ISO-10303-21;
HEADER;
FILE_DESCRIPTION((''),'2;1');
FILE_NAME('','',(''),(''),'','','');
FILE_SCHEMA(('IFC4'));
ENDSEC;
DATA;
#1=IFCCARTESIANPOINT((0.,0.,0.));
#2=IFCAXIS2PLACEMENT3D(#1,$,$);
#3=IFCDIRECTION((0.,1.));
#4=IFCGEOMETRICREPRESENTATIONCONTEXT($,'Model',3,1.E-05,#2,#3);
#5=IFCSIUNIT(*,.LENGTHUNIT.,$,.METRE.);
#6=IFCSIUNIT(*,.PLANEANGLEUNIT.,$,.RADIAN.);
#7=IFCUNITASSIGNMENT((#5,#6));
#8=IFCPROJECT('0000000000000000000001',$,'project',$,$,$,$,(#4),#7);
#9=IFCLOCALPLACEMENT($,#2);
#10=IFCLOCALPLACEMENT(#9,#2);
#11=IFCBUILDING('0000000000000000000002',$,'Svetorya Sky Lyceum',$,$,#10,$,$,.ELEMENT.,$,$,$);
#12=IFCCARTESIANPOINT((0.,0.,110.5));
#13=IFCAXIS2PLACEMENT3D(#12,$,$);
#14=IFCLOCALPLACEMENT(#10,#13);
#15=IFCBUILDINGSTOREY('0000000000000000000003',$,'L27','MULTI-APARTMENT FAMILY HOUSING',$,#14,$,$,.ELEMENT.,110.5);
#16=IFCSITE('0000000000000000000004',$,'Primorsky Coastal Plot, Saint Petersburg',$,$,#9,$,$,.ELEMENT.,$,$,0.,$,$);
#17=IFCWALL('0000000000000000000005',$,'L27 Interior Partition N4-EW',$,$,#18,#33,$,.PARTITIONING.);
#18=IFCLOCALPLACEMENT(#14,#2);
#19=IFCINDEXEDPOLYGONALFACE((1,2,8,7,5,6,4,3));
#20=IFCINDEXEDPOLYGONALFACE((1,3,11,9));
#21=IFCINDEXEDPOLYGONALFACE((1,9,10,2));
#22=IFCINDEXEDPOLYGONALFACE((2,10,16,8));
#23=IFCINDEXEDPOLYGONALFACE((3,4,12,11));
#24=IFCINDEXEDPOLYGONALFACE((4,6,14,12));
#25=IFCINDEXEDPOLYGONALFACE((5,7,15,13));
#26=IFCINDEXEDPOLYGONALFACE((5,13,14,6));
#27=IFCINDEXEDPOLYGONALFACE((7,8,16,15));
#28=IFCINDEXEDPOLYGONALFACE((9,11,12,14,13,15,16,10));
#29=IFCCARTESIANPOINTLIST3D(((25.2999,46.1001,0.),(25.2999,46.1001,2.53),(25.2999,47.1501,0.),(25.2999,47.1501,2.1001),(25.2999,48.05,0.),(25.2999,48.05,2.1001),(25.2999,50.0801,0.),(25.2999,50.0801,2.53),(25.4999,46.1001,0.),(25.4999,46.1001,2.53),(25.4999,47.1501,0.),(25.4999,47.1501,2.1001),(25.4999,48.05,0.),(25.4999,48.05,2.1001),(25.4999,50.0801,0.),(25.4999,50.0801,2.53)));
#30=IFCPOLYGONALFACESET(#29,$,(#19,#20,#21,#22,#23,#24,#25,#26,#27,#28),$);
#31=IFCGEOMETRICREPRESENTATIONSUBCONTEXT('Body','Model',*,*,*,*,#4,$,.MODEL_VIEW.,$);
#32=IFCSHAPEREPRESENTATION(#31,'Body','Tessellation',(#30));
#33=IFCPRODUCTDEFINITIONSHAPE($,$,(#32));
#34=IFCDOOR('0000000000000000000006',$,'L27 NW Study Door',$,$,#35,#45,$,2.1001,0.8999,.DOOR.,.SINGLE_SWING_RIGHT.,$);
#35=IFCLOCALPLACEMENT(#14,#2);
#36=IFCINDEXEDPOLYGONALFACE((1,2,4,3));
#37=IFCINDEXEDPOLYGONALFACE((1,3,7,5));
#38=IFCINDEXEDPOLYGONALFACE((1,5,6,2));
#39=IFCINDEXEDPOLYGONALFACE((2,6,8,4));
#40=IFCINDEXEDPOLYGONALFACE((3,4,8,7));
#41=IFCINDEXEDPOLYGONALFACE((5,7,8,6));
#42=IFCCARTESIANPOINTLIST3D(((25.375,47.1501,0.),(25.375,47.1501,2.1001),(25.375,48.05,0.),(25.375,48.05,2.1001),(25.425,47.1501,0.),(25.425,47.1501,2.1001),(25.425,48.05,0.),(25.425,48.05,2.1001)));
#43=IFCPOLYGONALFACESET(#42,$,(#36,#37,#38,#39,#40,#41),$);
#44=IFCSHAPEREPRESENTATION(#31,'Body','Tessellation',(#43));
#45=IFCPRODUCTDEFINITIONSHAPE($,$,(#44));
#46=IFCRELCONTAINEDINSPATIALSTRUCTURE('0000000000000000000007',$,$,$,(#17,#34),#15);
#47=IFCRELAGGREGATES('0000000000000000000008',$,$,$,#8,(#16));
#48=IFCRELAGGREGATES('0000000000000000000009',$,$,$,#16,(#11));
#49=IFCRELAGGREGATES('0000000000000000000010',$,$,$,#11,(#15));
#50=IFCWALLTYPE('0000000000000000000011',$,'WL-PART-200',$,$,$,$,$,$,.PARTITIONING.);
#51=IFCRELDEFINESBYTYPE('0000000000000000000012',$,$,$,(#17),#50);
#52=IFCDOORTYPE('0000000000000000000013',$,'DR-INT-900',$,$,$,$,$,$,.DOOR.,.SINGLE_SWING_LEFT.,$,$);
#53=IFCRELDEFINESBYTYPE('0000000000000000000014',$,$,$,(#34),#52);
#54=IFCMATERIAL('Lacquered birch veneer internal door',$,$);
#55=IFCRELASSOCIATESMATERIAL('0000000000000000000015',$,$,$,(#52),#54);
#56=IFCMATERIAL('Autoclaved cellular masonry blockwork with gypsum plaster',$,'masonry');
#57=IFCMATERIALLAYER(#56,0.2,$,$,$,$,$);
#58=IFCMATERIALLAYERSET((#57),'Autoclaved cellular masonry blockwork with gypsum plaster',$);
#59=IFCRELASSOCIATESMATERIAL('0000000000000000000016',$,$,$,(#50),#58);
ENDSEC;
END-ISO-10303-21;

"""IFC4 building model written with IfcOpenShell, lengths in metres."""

from ifc_helpers import new_model, si_unit, direction, frame, frame_2d, origin, place, context, subcontext, project, spatial, rectangle, extrude, material, layer, layer_set, type_object, element, fill, save


model = new_model("IFC4")

# Units and contexts
model_context = context("Model", 3, precision=1e-05, world=origin(), true_north=direction((0.0, 1.0)))
body_context = subcontext(model_context, "Body", "Model", "MODEL_VIEW")
ifc_project = project(units=[si_unit("LENGTHUNIT", "METRE"), si_unit("PLANEANGLEUNIT", "RADIAN")], contexts=[model_context])

# Site, building, storey
site_placement = place(None, origin())
site = spatial("IfcSite", under=ifc_project, at=site_placement, Name="Primorsky Coastal Plot, Saint Petersburg", CompositionType="ELEMENT", RefElevation=0.0)
building_placement = place(site_placement, origin())
building = spatial("IfcBuilding", under=site, at=building_placement, Name="Svetorya Sky Lyceum", CompositionType="ELEMENT")
storey_placement = place(building_placement, frame((0.0, 0.0, 110.5)))
storey = spatial("IfcBuildingStorey", under=building, at=storey_placement, Name="L27", Description="MULTI-APARTMENT FAMILY HOUSING", CompositionType="ELEMENT", Elevation=110.5)

# Shared definitions
ifc_material_1 = material(Name="Lacquered birch veneer internal door")
door_type_1 = type_object("IfcDoorType", Name="DR-INT-900", OperationType="SINGLE_SWING_LEFT", PredefinedType="DOOR", material=ifc_material_1)

# Shared definitions
ifc_material_2 = material(Name="Autoclaved cellular masonry blockwork with gypsum plaster", Category="masonry")
ifc_layer_1 = layer(ifc_material_2, 0.2)
ifc_layer_set_1 = layer_set([ifc_layer_1], Name="Autoclaved cellular masonry blockwork with gypsum plaster")
wall_type_1 = type_object("IfcWallType", Name="WL-PART-200", PredefinedType="PARTITIONING", material=ifc_layer_set_1)

# Wall, opening, door
wall_1_placement = place(storey_placement, frame((25.3999, 46.1001, 0.0), z_axis=(0.0, 0.0, 1.0), x_axis=(0.0, 1.0, 0.0)))
wall_1 = element("IfcWall", 1, at=wall_1_placement, inside=storey, type_object=wall_type_1, Name="L27 Interior Partition N4-EW", PredefinedType="PARTITIONING", context=body_context, shape_type="SweptSolid", body=[
    extrude(rectangle(XDim=3.98, YDim=0.2, at=frame_2d((1.99, 0.0))), origin(), (0.0, 0.0, 1.0), 2.53),
])
opening_1_placement = place(wall_1_placement, frame((1.05, 0.0, 0.0)))
opening_1 = element("IfcOpeningElement", 2, at=opening_1_placement, cuts=wall_1, PredefinedType="OPENING", context=body_context, shape_type="SweptSolid", body=[
    extrude(rectangle(XDim=0.8999, YDim=2.1001, at=frame_2d((0.45, 1.05))), frame((0.0, 0.1099, 0.0), z_axis=(0.0, -1.0, 0.0), x_axis=(1.0, 0.0, 0.0)), (0.0, 0.0, 1.0), 0.22),
])
door_1_placement = place(opening_1_placement, origin())
door_1 = element("IfcDoor", 3, at=door_1_placement, inside=storey, type_object=door_type_1, Name="L27 NW Study Door", OperationType="SINGLE_SWING_RIGHT", OverallHeight=2.1001, OverallWidth=0.8999, PredefinedType="DOOR", context=body_context, shape_type="SweptSolid", body=[
    extrude(rectangle(XDim=0.8999, YDim=2.1001, at=frame_2d((0.45, 1.05))), frame((0.0, 0.0249, 0.0), z_axis=(0.0, -1.0, 0.0), x_axis=(1.0, 0.0, 0.0)), (0.0, 0.0, 1.0), 0.05),
])
fill(opening_1, door_1)

save(model, "model.ifc")
